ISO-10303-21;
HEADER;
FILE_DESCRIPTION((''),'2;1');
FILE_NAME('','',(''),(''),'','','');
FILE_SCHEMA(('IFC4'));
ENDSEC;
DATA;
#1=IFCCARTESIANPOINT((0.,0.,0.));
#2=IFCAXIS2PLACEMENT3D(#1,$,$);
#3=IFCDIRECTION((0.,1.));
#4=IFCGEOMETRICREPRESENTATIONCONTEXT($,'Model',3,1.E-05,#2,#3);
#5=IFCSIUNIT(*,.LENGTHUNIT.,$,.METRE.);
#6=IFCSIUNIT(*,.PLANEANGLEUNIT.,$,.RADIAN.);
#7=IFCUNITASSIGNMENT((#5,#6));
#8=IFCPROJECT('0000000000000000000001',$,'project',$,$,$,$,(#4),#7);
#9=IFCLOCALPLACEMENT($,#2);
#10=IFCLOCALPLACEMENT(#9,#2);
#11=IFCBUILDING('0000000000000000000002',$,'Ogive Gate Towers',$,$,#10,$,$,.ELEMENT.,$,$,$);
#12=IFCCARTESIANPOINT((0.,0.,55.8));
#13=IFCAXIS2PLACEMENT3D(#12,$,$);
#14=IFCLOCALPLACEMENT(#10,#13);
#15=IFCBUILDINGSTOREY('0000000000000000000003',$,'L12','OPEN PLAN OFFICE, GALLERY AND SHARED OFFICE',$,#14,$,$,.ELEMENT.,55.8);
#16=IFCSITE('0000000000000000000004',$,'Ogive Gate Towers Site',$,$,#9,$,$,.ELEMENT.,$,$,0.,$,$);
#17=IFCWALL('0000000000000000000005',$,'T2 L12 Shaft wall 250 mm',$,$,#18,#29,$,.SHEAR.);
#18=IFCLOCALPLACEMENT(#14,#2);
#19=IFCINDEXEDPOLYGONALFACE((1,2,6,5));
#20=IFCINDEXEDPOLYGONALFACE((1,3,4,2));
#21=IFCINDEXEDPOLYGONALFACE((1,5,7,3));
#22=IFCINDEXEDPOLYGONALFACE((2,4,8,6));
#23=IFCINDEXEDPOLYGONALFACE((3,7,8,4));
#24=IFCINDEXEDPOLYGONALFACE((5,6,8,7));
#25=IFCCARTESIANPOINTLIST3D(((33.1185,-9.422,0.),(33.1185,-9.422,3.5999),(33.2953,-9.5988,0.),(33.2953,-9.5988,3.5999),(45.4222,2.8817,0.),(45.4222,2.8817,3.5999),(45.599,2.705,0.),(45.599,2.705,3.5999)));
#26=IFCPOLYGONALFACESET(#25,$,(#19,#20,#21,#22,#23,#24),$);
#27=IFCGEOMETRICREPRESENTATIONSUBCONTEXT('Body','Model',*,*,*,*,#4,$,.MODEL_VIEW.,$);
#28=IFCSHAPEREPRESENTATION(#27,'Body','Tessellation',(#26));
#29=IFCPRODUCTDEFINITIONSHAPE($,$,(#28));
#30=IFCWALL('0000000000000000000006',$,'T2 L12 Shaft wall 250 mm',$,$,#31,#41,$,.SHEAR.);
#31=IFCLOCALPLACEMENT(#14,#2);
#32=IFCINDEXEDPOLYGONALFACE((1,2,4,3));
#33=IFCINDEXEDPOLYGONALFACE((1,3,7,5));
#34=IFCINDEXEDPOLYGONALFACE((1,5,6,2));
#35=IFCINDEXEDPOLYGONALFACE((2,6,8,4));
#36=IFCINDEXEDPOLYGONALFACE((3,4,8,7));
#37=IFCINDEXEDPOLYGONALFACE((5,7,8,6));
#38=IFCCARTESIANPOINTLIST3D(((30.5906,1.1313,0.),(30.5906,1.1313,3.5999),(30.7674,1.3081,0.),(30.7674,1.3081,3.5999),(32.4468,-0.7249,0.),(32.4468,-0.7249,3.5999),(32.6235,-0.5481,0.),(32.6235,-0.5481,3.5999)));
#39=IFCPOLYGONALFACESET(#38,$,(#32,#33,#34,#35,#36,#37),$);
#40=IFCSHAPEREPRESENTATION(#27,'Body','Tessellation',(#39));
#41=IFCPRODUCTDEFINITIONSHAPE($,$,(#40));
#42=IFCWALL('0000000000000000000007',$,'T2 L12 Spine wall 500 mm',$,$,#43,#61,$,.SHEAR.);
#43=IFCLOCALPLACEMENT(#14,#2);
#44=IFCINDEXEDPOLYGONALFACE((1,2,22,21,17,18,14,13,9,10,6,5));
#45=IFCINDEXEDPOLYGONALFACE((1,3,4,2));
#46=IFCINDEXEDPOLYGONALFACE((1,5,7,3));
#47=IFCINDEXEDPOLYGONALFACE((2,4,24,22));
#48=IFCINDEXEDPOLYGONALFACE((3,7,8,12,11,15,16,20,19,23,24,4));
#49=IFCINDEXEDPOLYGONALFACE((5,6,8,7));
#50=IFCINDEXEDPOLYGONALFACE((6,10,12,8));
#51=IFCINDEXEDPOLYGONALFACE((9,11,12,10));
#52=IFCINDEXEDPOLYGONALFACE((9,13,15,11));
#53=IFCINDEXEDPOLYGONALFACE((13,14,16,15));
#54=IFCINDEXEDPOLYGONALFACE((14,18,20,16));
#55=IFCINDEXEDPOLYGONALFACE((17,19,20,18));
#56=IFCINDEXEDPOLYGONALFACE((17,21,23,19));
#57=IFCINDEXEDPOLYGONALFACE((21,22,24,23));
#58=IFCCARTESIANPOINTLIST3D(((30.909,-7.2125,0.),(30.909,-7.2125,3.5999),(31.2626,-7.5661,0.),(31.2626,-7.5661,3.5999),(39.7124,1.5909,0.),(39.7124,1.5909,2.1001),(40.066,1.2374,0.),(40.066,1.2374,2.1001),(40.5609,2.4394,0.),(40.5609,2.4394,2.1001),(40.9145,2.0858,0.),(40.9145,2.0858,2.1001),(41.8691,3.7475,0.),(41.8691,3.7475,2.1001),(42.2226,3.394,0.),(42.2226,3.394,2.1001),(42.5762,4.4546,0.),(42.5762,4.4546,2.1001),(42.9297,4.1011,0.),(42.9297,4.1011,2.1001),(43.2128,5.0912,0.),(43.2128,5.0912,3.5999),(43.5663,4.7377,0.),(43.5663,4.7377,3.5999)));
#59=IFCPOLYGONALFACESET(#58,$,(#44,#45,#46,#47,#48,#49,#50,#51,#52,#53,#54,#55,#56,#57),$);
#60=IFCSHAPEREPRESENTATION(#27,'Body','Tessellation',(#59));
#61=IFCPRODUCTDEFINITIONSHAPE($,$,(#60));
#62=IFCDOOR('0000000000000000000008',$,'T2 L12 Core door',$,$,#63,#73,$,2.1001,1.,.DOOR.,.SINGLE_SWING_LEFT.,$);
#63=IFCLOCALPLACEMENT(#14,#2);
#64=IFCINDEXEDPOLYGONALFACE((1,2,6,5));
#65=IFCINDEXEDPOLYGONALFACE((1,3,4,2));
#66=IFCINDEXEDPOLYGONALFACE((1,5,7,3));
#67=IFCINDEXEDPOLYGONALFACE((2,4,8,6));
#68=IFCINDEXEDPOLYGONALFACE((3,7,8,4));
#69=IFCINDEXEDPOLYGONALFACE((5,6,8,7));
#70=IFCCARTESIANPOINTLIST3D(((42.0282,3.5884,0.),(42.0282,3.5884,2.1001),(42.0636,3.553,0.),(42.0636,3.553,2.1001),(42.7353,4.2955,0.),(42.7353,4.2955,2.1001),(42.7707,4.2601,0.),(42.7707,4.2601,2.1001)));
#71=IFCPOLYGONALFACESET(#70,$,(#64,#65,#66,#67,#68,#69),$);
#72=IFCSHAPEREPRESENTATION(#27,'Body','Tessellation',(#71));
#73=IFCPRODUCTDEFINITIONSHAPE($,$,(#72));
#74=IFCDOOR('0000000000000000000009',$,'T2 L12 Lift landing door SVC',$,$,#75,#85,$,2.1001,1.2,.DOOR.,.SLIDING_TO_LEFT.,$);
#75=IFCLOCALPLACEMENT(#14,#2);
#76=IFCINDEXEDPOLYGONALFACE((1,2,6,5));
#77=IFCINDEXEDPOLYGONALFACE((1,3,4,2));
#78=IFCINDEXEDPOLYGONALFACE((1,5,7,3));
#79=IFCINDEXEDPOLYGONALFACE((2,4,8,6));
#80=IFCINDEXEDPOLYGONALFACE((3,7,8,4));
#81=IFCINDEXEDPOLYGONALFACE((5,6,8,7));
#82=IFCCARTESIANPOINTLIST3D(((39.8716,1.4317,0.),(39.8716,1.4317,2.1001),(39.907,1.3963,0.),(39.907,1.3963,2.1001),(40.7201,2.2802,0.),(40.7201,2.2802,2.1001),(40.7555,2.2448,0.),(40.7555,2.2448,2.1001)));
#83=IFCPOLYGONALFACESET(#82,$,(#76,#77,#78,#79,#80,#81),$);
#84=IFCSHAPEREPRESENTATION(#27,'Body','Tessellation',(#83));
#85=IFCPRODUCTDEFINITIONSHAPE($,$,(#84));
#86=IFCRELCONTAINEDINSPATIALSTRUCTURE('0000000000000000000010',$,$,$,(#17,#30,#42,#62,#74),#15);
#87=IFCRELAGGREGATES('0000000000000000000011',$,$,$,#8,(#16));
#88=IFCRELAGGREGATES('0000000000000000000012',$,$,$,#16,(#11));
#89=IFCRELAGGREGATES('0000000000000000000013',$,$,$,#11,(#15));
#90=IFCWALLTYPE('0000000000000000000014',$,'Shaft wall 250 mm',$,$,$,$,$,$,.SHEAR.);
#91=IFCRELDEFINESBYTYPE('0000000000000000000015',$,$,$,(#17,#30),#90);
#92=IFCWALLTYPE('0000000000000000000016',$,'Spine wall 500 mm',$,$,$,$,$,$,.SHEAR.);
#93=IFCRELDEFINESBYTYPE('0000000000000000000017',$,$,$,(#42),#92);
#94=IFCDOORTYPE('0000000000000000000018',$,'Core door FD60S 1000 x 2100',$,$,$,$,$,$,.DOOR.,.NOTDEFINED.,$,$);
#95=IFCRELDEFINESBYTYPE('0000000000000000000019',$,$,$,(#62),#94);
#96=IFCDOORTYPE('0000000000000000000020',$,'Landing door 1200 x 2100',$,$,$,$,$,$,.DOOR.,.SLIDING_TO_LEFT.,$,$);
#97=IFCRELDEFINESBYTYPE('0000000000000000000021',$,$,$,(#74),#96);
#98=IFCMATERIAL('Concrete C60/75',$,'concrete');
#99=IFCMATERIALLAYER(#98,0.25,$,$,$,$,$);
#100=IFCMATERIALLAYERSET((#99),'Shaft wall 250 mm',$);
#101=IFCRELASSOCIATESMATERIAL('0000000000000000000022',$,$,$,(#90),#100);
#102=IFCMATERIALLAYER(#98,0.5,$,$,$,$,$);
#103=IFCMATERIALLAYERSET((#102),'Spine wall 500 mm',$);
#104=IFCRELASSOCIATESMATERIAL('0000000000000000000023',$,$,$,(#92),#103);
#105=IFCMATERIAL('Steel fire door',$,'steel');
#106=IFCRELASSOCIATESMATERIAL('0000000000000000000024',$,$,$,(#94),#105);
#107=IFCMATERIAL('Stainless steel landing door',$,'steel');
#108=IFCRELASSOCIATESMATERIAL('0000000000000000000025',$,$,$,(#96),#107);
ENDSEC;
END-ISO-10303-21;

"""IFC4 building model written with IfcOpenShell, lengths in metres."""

from ifc_helpers import new_model, si_unit, direction, frame, frame_2d, origin, place, context, subcontext, project, spatial, rectangle, extrude, material, layer, layer_set, type_object, element, fill, save


model = new_model("IFC4")

# Units and contexts
model_context = context("Model", 3, precision=1e-05, world=origin(), true_north=direction((0.0, 1.0)))
body_context = subcontext(model_context, "Body", "Model", "MODEL_VIEW")
ifc_project = project(units=[si_unit("LENGTHUNIT", "METRE"), si_unit("PLANEANGLEUNIT", "RADIAN")], contexts=[model_context])

# Site, building, storey
site_placement = place(None, origin())
site = spatial("IfcSite", under=ifc_project, at=site_placement, Name="Ogive Gate Towers Site", CompositionType="ELEMENT", RefElevation=0.0)
building_placement = place(site_placement, origin())
building = spatial("IfcBuilding", under=site, at=building_placement, Name="Ogive Gate Towers", CompositionType="ELEMENT")
storey_placement = place(building_placement, frame((0.0, 0.0, 55.8)))
storey = spatial("IfcBuildingStorey", under=building, at=storey_placement, Name="L12", Description="OPEN PLAN OFFICE, GALLERY AND SHARED OFFICE", CompositionType="ELEMENT", Elevation=55.8)

# Shared definitions
ifc_material_1 = material(Name="Concrete C60/75", Category="concrete")
ifc_material_2 = material(Name="Steel fire door", Category="steel")

# Walls
ifc_layer_1 = layer(ifc_material_1, 0.25)
ifc_layer_set_1 = layer_set([ifc_layer_1], Name="Shaft wall 250 mm")
wall_type_1 = type_object("IfcWallType", Name="Shaft wall 250 mm", PredefinedType="SHEAR", material=ifc_layer_set_1)
wall_1_placement = place(storey_placement, frame((33.2068, -9.5105, 0.0), z_axis=(0.0, 0.0, 1.0), x_axis=(0.707107, 0.707107, 0.0)))
element("IfcWall", 1, at=wall_1_placement, inside=storey, type_object=wall_type_1, Name="T2 L12 Shaft wall 250 mm", PredefinedType="SHEAR", context=body_context, shape_type="SweptSolid", body=[
    extrude(rectangle(XDim=17.4001, YDim=0.25, at=frame_2d((8.7002, 0.0))), origin(), (0.0, 0.0, 1.0), 3.5999),
])
wall_2_placement = place(storey_placement, frame((32.5352, -0.6365, 0.0), z_axis=(0.0, 0.0, 1.0), x_axis=(-0.707107, 0.707107, 0.0)))
element("IfcWall", 2, at=wall_2_placement, inside=storey, type_object=wall_type_1, Name="T2 L12 Shaft wall 250 mm", PredefinedType="SHEAR", context=body_context, shape_type="SweptSolid", body=[
    extrude(rectangle(XDim=2.625, YDim=0.25, at=frame_2d((1.3125, 0.0))), origin(), (0.0, 0.0, 1.0), 3.5999),
])

# Wall, openings, doors
ifc_layer_2 = layer(ifc_material_1, 0.5)
ifc_layer_set_2 = layer_set([ifc_layer_2], Name="Spine wall 500 mm")
wall_type_2 = type_object("IfcWallType", Name="Spine wall 500 mm", PredefinedType="SHEAR", material=ifc_layer_set_2)
wall_3_placement = place(storey_placement, frame((31.0857, -7.3894, 0.0), z_axis=(0.0, 0.0, 1.0), x_axis=(0.707107, 0.707107, 0.0)))
wall_3 = element("IfcWall", 3, at=wall_3_placement, inside=storey, type_object=wall_type_2, Name="T2 L12 Spine wall 500 mm", PredefinedType="SHEAR", context=body_context, shape_type="SweptSolid", body=[
    extrude(rectangle(XDim=17.4001, YDim=0.5, at=frame_2d((8.7002, 0.0))), origin(), (0.0, 0.0, 1.0), 3.5999),
])
opening_1_placement = place(wall_3_placement, frame((12.45, 0.0, 0.0)))
opening_1 = element("IfcOpeningElement", 4, at=opening_1_placement, cuts=wall_3, PredefinedType="OPENING", context=body_context, shape_type="SweptSolid", body=[
    extrude(rectangle(XDim=1.2, YDim=2.1001, at=frame_2d((0.6001, 1.05))), frame((0.0, 0.26, 0.0), z_axis=(0.0, -1.0, 0.0), x_axis=(1.0, 0.0, 0.0)), (0.0, 0.0, 1.0), 0.52),
])
opening_2_placement = place(wall_3_placement, frame((15.5, 0.0, 0.0)))
opening_2 = element("IfcOpeningElement", 5, at=opening_2_placement, cuts=wall_3, PredefinedType="OPENING", context=body_context, shape_type="SweptSolid", body=[
    extrude(rectangle(XDim=1.0, YDim=2.1001, at=frame_2d((0.5, 1.05))), frame((0.0, 0.26, 0.0), z_axis=(0.0, -1.0, 0.0), x_axis=(1.0, 0.0, 0.0)), (0.0, 0.0, 1.0), 0.52),
])
door_type_1 = type_object("IfcDoorType", Name="Core door FD60S 1000 x 2100", OperationType="NOTDEFINED", PredefinedType="DOOR", material=ifc_material_2)
door_1_placement = place(opening_2_placement, origin())
door_1 = element("IfcDoor", 6, at=door_1_placement, inside=storey, type_object=door_type_1, Name="T2 L12 Core door", OperationType="SINGLE_SWING_LEFT", OverallHeight=2.1001, OverallWidth=1.0, PredefinedType="DOOR", context=body_context, shape_type="SweptSolid", body=[
    extrude(rectangle(XDim=1.0, YDim=2.1001, at=frame_2d((0.5, 1.05))), frame((0.0, 0.0249, 0.0), z_axis=(0.0, -1.0, 0.0), x_axis=(1.0, 0.0, 0.0)), (0.0, 0.0, 1.0), 0.05),
])
fill(opening_2, door_1)
ifc_material_3 = material(Name="Stainless steel landing door", Category="steel")
door_type_2 = type_object("IfcDoorType", Name="Landing door 1200 x 2100", OperationType="SLIDING_TO_LEFT", PredefinedType="DOOR", material=ifc_material_3)
door_2_placement = place(opening_1_placement, origin())
door_2 = element("IfcDoor", 7, at=door_2_placement, inside=storey, type_object=door_type_2, Name="T2 L12 Lift landing door SVC", OperationType="SLIDING_TO_LEFT", OverallHeight=2.1001, OverallWidth=1.2, PredefinedType="DOOR", context=body_context, shape_type="SweptSolid", body=[
    extrude(rectangle(XDim=1.2, YDim=2.1001, at=frame_2d((0.6001, 1.05))), frame((0.0, 0.0249, 0.0), z_axis=(0.0, -1.0, 0.0), x_axis=(1.0, 0.0, 0.0)), (0.0, 0.0, 1.0), 0.05),
])
fill(opening_1, door_2)

save(model, "model.ifc")
